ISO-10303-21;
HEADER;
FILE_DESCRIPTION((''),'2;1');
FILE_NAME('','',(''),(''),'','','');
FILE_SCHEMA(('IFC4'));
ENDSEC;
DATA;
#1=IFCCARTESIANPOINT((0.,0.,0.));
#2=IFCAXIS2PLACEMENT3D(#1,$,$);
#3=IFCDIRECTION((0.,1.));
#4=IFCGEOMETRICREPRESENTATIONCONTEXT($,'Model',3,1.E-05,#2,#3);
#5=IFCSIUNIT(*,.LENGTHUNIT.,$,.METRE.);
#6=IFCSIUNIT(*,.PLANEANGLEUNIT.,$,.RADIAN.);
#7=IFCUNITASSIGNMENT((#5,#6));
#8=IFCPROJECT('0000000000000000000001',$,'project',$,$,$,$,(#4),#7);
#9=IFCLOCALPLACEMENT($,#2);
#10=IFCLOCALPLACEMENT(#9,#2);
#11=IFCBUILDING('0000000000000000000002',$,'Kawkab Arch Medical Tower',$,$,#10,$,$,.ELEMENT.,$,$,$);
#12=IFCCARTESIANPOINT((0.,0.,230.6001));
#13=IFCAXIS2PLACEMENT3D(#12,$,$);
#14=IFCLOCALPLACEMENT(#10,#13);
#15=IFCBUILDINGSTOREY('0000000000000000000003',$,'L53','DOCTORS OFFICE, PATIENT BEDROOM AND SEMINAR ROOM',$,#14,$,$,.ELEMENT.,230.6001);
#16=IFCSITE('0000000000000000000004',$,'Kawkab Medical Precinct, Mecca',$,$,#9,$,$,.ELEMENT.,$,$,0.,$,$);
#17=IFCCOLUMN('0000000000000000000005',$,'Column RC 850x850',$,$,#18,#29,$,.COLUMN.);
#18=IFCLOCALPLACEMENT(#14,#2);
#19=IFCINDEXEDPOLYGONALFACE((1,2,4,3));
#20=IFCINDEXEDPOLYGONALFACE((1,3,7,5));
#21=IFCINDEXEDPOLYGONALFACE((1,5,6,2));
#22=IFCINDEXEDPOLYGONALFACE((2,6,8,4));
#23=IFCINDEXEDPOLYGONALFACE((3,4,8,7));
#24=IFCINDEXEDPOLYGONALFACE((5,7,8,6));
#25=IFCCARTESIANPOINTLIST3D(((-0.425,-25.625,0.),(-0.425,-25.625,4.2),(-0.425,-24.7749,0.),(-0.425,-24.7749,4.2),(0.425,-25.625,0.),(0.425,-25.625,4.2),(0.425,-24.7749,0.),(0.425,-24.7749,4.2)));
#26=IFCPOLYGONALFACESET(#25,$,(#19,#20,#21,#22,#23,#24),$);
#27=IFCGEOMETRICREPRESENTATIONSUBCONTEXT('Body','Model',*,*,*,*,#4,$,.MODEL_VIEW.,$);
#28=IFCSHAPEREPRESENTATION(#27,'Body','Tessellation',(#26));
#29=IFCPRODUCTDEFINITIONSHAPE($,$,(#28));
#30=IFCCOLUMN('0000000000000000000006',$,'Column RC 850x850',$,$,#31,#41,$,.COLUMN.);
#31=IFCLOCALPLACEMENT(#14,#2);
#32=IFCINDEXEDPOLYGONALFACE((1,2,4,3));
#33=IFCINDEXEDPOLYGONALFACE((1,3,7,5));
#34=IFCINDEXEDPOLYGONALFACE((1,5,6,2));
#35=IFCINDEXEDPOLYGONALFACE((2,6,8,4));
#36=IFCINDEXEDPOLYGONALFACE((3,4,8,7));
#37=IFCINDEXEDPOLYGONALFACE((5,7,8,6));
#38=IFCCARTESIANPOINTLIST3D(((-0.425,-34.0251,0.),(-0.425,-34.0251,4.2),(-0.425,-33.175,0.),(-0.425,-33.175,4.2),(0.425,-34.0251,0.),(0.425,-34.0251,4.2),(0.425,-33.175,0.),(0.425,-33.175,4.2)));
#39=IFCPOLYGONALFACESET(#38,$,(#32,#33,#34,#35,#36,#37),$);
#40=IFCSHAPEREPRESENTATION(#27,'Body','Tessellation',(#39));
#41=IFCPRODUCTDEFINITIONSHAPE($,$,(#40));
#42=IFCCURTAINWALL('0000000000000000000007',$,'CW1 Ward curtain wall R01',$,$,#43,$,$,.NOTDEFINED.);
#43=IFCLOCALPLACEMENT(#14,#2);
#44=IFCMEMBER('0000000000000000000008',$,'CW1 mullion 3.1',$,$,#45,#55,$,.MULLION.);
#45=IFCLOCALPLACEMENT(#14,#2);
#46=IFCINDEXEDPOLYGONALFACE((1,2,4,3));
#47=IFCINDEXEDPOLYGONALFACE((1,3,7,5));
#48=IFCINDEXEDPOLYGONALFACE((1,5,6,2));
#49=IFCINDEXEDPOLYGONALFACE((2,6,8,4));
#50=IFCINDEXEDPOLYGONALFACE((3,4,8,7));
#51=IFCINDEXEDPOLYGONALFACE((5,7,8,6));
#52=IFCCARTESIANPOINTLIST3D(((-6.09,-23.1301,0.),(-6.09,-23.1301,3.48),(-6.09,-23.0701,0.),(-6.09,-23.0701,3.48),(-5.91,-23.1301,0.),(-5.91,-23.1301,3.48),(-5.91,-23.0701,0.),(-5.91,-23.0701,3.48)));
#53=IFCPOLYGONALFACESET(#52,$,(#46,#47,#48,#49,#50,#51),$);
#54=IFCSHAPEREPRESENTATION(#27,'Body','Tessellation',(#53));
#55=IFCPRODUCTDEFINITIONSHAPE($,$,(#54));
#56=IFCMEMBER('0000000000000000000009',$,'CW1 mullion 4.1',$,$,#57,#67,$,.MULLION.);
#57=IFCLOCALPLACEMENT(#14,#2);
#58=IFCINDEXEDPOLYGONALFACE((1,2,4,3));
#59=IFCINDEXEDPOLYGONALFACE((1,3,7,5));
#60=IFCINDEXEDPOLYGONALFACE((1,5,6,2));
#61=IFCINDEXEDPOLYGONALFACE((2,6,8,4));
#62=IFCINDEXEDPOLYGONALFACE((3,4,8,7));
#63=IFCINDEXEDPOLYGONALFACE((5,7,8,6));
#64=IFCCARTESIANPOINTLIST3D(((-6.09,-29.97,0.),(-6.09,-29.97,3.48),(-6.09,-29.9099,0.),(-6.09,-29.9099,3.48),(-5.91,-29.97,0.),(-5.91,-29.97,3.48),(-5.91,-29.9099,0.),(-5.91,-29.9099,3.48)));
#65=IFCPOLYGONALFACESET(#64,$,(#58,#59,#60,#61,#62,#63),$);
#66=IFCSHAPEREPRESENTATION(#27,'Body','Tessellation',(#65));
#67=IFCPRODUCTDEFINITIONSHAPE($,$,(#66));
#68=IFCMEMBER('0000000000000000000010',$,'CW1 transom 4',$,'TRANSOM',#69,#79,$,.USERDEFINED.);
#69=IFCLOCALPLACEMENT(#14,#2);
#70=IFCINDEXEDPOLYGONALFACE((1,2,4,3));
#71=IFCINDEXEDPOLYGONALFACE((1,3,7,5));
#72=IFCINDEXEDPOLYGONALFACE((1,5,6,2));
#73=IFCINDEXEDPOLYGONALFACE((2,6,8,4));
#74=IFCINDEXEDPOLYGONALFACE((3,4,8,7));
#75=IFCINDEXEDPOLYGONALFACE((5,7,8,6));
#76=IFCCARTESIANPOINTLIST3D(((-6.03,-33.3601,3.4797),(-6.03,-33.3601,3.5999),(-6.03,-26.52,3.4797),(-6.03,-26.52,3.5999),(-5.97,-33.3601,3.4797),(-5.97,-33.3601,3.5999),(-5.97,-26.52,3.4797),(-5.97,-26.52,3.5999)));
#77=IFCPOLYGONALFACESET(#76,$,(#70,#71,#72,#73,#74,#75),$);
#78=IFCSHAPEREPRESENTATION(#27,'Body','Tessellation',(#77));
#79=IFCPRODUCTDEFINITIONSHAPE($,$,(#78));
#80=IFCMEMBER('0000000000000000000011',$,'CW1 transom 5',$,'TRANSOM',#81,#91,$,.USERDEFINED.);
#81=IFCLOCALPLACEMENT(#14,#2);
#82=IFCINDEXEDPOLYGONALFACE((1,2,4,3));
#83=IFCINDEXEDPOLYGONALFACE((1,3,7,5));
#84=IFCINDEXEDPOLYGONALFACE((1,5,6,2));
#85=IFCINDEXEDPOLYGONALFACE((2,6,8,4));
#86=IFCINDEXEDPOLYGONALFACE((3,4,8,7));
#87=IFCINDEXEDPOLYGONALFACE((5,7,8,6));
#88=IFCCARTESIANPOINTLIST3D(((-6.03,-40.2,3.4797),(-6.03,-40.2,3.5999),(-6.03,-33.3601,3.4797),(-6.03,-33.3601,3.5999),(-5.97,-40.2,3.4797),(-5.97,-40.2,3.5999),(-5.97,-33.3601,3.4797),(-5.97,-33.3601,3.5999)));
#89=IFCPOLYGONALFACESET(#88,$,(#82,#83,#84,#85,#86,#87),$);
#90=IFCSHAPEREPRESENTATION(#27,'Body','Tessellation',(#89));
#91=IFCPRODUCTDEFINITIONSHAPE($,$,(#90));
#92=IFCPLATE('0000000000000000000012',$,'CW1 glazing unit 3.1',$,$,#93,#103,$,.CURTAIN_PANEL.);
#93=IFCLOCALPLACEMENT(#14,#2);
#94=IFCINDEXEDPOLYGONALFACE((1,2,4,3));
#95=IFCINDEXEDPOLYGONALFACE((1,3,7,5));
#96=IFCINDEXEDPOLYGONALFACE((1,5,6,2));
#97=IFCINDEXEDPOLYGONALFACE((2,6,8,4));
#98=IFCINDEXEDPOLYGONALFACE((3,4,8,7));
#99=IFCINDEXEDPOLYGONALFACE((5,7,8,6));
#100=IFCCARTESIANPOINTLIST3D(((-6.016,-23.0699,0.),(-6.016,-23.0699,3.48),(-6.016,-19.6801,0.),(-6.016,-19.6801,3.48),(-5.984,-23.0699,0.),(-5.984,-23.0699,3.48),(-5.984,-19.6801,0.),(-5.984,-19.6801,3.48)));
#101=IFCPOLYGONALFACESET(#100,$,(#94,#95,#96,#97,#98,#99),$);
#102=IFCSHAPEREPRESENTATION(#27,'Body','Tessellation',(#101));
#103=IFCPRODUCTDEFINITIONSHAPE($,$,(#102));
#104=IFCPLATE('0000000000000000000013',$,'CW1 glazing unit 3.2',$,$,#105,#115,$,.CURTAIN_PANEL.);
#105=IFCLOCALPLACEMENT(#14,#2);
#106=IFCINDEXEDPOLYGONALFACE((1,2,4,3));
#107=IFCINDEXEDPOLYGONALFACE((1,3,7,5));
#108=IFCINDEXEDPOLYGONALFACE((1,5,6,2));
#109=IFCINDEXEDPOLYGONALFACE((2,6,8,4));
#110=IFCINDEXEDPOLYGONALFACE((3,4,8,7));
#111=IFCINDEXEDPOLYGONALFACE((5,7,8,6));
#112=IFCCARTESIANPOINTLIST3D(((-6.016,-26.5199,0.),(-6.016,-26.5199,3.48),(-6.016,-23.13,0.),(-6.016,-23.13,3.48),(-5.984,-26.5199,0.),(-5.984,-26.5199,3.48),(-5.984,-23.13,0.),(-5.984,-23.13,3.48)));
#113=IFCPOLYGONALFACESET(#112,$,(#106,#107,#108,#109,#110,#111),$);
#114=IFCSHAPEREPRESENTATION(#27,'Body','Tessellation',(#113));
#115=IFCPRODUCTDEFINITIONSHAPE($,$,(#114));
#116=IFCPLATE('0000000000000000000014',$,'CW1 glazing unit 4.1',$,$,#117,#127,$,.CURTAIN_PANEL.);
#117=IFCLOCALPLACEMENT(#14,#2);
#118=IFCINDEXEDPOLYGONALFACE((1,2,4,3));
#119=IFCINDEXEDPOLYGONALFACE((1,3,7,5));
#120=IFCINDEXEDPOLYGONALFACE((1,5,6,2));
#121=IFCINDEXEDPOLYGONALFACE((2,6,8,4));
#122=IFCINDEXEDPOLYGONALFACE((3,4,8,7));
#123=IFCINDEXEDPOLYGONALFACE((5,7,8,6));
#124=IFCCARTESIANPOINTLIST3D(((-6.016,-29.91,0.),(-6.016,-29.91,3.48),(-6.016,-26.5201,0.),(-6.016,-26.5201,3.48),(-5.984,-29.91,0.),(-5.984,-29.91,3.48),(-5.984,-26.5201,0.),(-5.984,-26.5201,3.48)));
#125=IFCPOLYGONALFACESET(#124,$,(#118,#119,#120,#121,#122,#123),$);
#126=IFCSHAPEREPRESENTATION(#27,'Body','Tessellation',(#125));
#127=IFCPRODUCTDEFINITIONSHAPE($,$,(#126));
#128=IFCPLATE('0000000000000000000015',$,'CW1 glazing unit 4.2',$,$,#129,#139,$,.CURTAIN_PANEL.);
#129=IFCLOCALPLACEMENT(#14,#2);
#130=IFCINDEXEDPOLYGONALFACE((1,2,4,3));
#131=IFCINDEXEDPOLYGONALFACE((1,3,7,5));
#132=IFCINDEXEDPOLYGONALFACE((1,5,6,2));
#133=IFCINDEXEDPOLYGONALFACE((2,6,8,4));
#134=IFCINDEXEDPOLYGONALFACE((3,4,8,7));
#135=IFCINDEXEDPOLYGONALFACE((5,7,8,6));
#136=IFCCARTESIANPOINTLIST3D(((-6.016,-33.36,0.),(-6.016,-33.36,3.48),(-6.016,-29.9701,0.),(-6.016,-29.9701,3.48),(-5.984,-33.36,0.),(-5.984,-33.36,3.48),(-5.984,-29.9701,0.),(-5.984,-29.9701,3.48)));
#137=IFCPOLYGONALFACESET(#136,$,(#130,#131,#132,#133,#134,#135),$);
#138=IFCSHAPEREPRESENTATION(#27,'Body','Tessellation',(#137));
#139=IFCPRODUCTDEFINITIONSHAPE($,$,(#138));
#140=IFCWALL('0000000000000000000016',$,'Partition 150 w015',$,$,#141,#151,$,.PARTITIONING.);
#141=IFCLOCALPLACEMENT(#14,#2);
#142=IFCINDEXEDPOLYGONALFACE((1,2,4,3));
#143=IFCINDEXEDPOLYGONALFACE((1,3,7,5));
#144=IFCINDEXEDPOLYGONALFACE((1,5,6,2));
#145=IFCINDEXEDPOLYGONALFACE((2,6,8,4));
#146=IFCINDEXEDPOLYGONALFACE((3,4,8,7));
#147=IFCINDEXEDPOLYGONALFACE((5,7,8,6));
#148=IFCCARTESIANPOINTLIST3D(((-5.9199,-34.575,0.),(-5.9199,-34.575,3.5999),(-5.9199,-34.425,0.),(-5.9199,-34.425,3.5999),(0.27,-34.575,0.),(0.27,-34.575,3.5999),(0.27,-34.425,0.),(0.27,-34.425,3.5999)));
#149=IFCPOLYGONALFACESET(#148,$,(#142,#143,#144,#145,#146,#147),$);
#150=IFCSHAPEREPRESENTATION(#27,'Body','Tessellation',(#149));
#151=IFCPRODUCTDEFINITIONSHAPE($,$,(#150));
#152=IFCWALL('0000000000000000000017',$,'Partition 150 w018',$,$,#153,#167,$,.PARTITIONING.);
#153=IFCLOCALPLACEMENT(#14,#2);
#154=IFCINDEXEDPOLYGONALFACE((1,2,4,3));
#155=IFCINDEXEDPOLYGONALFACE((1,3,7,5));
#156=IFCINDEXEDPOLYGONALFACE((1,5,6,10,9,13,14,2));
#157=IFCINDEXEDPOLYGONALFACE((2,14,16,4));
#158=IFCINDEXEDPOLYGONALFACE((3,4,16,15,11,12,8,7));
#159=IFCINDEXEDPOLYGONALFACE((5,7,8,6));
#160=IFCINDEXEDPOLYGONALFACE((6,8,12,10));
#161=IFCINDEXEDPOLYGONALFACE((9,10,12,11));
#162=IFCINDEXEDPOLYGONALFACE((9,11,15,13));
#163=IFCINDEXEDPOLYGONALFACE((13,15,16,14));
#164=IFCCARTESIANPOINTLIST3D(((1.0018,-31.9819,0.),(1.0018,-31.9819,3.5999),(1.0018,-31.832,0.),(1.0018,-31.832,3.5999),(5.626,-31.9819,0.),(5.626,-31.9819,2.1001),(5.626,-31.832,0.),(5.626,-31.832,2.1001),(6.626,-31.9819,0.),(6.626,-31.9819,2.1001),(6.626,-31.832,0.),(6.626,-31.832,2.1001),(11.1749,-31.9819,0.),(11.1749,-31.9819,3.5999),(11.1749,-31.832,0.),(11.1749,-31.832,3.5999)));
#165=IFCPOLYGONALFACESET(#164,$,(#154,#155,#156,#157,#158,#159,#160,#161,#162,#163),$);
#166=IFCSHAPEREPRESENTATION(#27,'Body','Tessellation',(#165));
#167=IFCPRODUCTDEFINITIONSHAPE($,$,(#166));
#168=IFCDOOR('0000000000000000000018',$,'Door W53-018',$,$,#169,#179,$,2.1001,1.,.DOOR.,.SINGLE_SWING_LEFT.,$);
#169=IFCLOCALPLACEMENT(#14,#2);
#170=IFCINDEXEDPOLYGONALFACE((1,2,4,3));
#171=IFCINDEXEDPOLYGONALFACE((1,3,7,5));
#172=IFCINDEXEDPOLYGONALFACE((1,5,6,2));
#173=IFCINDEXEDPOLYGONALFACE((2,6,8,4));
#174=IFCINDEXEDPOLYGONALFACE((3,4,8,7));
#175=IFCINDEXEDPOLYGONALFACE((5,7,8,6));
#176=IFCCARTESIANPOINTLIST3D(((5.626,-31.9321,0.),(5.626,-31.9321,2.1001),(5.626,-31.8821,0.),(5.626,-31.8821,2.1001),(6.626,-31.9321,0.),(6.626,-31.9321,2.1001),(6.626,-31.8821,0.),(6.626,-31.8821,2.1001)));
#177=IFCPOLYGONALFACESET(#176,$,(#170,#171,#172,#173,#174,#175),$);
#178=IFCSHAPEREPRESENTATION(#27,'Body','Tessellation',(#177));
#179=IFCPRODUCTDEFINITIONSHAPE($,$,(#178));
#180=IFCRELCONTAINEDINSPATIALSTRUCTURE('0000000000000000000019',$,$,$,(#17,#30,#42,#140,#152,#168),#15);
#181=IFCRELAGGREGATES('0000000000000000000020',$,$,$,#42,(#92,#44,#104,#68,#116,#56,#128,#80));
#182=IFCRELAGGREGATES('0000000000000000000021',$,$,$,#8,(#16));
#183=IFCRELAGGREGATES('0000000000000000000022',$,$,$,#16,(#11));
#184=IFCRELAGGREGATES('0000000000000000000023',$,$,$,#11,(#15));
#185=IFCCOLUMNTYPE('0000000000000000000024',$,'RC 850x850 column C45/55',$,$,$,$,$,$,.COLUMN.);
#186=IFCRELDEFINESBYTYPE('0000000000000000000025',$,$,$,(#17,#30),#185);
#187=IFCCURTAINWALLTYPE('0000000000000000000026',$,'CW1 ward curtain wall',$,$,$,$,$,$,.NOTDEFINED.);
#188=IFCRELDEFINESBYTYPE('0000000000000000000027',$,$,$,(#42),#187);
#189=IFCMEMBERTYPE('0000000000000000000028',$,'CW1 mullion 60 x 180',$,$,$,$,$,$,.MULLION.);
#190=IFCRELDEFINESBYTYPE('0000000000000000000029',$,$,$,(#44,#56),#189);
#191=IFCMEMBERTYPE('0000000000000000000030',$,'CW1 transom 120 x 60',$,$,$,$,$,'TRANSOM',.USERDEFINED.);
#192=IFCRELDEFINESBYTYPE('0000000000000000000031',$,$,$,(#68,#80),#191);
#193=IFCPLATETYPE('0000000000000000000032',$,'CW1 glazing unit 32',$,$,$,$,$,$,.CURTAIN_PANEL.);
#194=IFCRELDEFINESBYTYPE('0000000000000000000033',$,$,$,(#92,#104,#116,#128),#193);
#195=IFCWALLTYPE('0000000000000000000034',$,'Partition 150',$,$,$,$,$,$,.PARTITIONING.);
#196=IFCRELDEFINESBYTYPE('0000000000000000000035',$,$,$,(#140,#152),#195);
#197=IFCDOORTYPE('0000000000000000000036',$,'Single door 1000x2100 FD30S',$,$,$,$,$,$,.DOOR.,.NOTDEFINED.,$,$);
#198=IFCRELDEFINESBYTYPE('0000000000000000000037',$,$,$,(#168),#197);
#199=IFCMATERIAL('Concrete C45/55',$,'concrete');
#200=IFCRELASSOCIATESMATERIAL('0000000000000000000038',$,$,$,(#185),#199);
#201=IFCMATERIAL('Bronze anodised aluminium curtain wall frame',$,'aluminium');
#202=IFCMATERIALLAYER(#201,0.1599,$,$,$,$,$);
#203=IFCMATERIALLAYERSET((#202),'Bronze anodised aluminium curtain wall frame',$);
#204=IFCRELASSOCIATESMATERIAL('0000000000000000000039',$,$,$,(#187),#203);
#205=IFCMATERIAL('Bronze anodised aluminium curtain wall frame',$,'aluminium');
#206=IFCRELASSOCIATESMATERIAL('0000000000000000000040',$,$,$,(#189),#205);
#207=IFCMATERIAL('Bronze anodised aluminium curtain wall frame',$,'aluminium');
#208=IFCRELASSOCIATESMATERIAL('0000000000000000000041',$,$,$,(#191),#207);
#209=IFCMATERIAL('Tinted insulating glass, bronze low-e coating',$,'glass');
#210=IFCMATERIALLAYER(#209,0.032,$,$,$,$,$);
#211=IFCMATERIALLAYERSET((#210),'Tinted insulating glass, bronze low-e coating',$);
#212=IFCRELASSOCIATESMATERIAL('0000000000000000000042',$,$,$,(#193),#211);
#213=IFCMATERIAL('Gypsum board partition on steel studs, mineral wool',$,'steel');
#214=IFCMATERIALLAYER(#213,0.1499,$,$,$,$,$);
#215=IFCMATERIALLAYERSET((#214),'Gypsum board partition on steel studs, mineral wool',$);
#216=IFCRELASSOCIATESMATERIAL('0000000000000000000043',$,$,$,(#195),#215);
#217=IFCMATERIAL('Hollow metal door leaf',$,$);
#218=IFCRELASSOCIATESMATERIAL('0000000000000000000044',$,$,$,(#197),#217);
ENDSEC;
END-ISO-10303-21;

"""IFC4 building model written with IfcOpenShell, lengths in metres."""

from ifc_helpers import new_model, si_unit, direction, frame, frame_2d, origin, origin_2d, place, context, subcontext, project, spatial, rectangle, extrude, material, layer, layer_set, material_profile, profile_set, type_object, element, fill, aggregate, save


model = new_model("IFC4")

# Units and contexts
model_context = context("Model", 3, precision=1e-05, world=origin(), true_north=direction((0.0, 1.0)))
body_context = subcontext(model_context, "Body", "Model", "MODEL_VIEW")
ifc_project = project(units=[si_unit("LENGTHUNIT", "METRE"), si_unit("PLANEANGLEUNIT", "RADIAN")], contexts=[model_context])

# Site, building, storey
site_placement = place(None, origin())
site = spatial("IfcSite", under=ifc_project, at=site_placement, Name="Kawkab Medical Precinct, Mecca", CompositionType="ELEMENT", RefElevation=0.0)
building_placement = place(site_placement, origin())
building = spatial("IfcBuilding", under=site, at=building_placement, Name="Kawkab Arch Medical Tower", CompositionType="ELEMENT")
storey_placement = place(building_placement, frame((0.0, 0.0, 230.6001)))
storey = spatial("IfcBuildingStorey", under=building, at=storey_placement, Name="L53", Description="DOCTORS OFFICE, PATIENT BEDROOM AND SEMINAR ROOM", CompositionType="ELEMENT", Elevation=230.6001)

# Columns
ifc_material_1 = material(Name="Concrete C45/55", Category="concrete")
ifc_material_profile_1 = material_profile(ifc_material_1, rectangle(XDim=0.8501, YDim=0.8501, at=origin_2d()), Name="RC 850x850")
ifc_profile_set_1 = profile_set([ifc_material_profile_1], Name="Concrete C45/55")
column_type = type_object("IfcColumnType", Name="RC 850x850 column C45/55", PredefinedType="COLUMN", material=ifc_profile_set_1)
for number, where, z_axis, x_axis, name in (
    (1, (0.0, -25.2, 0.0), (0.0, 0.0, 1.0), (1.0, 0.0, 0.0), "Column RC 850x850"),
    (2, (0.0, -33.6001, 0.0), (0.0, 0.0, 1.0), (1.0, 0.0, 0.0), "Column RC 850x850"),
):
    element("IfcColumn", number, at=place(storey_placement, frame(where, z_axis=z_axis, x_axis=x_axis)), inside=storey, type_object=column_type, Name=name, PredefinedType="COLUMN", context=body_context, shape_type="SweptSolid", body=[
        extrude(rectangle(XDim=0.8501, YDim=0.8501, at=origin_2d()), origin(), (0.0, 0.0, 1.0), 4.2),
    ])

# Curtain wall, members, plates
ifc_material_2 = material(Name="Bronze anodised aluminium curtain wall frame", Category="aluminium")
ifc_layer_1 = layer(ifc_material_2, 0.1599)
ifc_layer_set_1 = layer_set([ifc_layer_1], Name="Bronze anodised aluminium curtain wall frame")
curtain_wall_type = type_object("IfcCurtainWallType", Name="CW1 ward curtain wall", PredefinedType="NOTDEFINED", material=ifc_layer_set_1)
curtain_wall_placement = place(storey_placement, origin())
curtain_wall = element("IfcCurtainWall", 3, at=curtain_wall_placement, inside=storey, type_object=curtain_wall_type, Name="CW1 Ward curtain wall R01", PredefinedType="NOTDEFINED")
ifc_material_3 = material(Name="Bronze anodised aluminium curtain wall frame", Category="aluminium")
ifc_material_profile_2 = material_profile(ifc_material_3, rectangle(XDim=0.1799, YDim=0.0601, at=origin_2d()), Name="AL 60x180")
ifc_profile_set_2 = profile_set([ifc_material_profile_2], Name="Bronze anodised aluminium curtain wall frame")
member_type_1 = type_object("IfcMemberType", Name="CW1 mullion 60 x 180", PredefinedType="MULLION", material=ifc_profile_set_2)
member_1_placement = place(storey_placement, frame((-6.0, -23.1001, 0.0), z_axis=(0.0, 0.0, 1.0), x_axis=(1.0, 0.0, 0.0)))
member_1 = element("IfcMember", 4, at=member_1_placement, type_object=member_type_1, Name="CW1 mullion 3.1", PredefinedType="MULLION", context=body_context, shape_type="SweptSolid", body=[
    extrude(rectangle(XDim=0.1799, YDim=0.0601, at=origin_2d()), origin(), (0.0, 0.0, 1.0), 3.48),
])
member_2_placement = place(storey_placement, frame((-6.0, -29.9399, 0.0), z_axis=(0.0, 0.0, 1.0), x_axis=(1.0, 0.0, 0.0)))
member_2 = element("IfcMember", 5, at=member_2_placement, type_object=member_type_1, Name="CW1 mullion 4.1", PredefinedType="MULLION", context=body_context, shape_type="SweptSolid", body=[
    extrude(rectangle(XDim=0.1799, YDim=0.0601, at=origin_2d()), origin(), (0.0, 0.0, 1.0), 3.48),
])
ifc_material_4 = material(Name="Bronze anodised aluminium curtain wall frame", Category="aluminium")
ifc_material_profile_3 = material_profile(ifc_material_4, rectangle(XDim=0.0601, YDim=0.1201, at=origin_2d()), Name="AL 60x120")
ifc_profile_set_3 = profile_set([ifc_material_profile_3], Name="Bronze anodised aluminium curtain wall frame")
member_type_2 = type_object("IfcMemberType", Name="CW1 transom 120 x 60", ElementType="TRANSOM", PredefinedType="USERDEFINED", material=ifc_profile_set_3)
member_3_placement = place(storey_placement, frame((-6.0, -26.52, 3.5398), z_axis=(0.0, -1.0, 0.0), x_axis=(1.0, 0.0, 0.0)))
member_3 = element("IfcMember", 6, at=member_3_placement, type_object=member_type_2, Name="CW1 transom 4", ObjectType="TRANSOM", PredefinedType="USERDEFINED", context=body_context, shape_type="SweptSolid", body=[
    extrude(rectangle(XDim=0.0601, YDim=0.1201, at=origin_2d()), origin(), (0.0, 0.0, 1.0), 6.8401),
])
member_4_placement = place(storey_placement, frame((-6.0, -33.3601, 3.5398), z_axis=(0.0, -1.0, 0.0), x_axis=(1.0, 0.0, 0.0)))
member_4 = element("IfcMember", 7, at=member_4_placement, type_object=member_type_2, Name="CW1 transom 5", ObjectType="TRANSOM", PredefinedType="USERDEFINED", context=body_context, shape_type="SweptSolid", body=[
    extrude(rectangle(XDim=0.0601, YDim=0.1201, at=origin_2d()), origin(), (0.0, 0.0, 1.0), 6.8398),
])
ifc_material_5 = material(Name="Tinted insulating glass, bronze low-e coating", Category="glass")
ifc_layer_2 = layer(ifc_material_5, 0.032)
ifc_layer_set_2 = layer_set([ifc_layer_2], Name="Tinted insulating glass, bronze low-e coating")
plate_type = type_object("IfcPlateType", Name="CW1 glazing unit 32", PredefinedType="CURTAIN_PANEL", material=ifc_layer_set_2)
plate_1_placement = place(storey_placement, frame((-6.0, -21.375, 0.0), z_axis=(0.0, 0.0, 1.0), x_axis=(0.0, -1.0, 0.0)))
plate_1 = element("IfcPlate", 8, at=plate_1_placement, type_object=plate_type, Name="CW1 glazing unit 3.1", PredefinedType="CURTAIN_PANEL", context=body_context, shape_type="SweptSolid", body=[
    extrude(rectangle(XDim=3.3899, YDim=0.032, at=origin_2d()), origin(), (0.0, 0.0, 1.0), 3.48),
])
plate_2_placement = place(storey_placement, frame((-6.0, -24.825, 0.0), z_axis=(0.0, 0.0, 1.0), x_axis=(0.0, -1.0, 0.0)))
plate_2 = element("IfcPlate", 9, at=plate_2_placement, type_object=plate_type, Name="CW1 glazing unit 3.2", PredefinedType="CURTAIN_PANEL", context=body_context, shape_type="SweptSolid", body=[
    extrude(rectangle(XDim=3.3899, YDim=0.032, at=origin_2d()), origin(), (0.0, 0.0, 1.0), 3.48),
])
plate_3_placement = place(storey_placement, frame((-6.0, -28.2151, 0.0), z_axis=(0.0, 0.0, 1.0), x_axis=(0.0, -1.0, 0.0)))
plate_3 = element("IfcPlate", 10, at=plate_3_placement, type_object=plate_type, Name="CW1 glazing unit 4.1", PredefinedType="CURTAIN_PANEL", context=body_context, shape_type="SweptSolid", body=[
    extrude(rectangle(XDim=3.3899, YDim=0.032, at=origin_2d()), origin(), (0.0, 0.0, 1.0), 3.48),
])
plate_4_placement = place(storey_placement, frame((-6.0, -31.665, 0.0), z_axis=(0.0, 0.0, 1.0), x_axis=(0.0, -1.0, 0.0)))
plate_4 = element("IfcPlate", 11, at=plate_4_placement, type_object=plate_type, Name="CW1 glazing unit 4.2", PredefinedType="CURTAIN_PANEL", context=body_context, shape_type="SweptSolid", body=[
    extrude(rectangle(XDim=3.3899, YDim=0.032, at=origin_2d()), origin(), (0.0, 0.0, 1.0), 3.48),
])
aggregate(curtain_wall, [plate_1, member_1, plate_2, member_3, plate_3, member_2, plate_4, member_4])

# Wall
ifc_material_6 = material(Name="Gypsum board partition on steel studs, mineral wool", Category="steel")
ifc_layer_3 = layer(ifc_material_6, 0.1499)
ifc_layer_set_3 = layer_set([ifc_layer_3], Name="Gypsum board partition on steel studs, mineral wool")
wall_type_1 = type_object("IfcWallType", Name="Partition 150", PredefinedType="PARTITIONING", material=ifc_layer_set_3)
wall_1_placement = place(storey_placement, frame((-5.9199, -34.5, 0.0), z_axis=(0.0, 0.0, 1.0), x_axis=(1.0, 0.0, 0.0)))
element("IfcWall", 12, at=wall_1_placement, inside=storey, type_object=wall_type_1, Name="Partition 150 w015", PredefinedType="PARTITIONING", context=body_context, shape_type="SweptSolid", body=[
    extrude(rectangle(XDim=6.1899, YDim=0.1499, at=frame_2d((3.095, 0.0))), origin(), (0.0, 0.0, 1.0), 3.5999),
])

# Wall, opening, door
wall_2_placement = place(storey_placement, frame((1.002, -31.907, 0.0), z_axis=(0.0, 0.0, 1.0), x_axis=(1.0, 0.0, 0.0)))
wall_2 = element("IfcWall", 13, at=wall_2_placement, inside=storey, type_object=wall_type_1, Name="Partition 150 w018", PredefinedType="PARTITIONING", context=body_context, shape_type="SweptSolid", body=[
    extrude(rectangle(XDim=10.1731, YDim=0.1499, at=frame_2d((5.0864, 0.0))), origin(), (0.0, 0.0, 1.0), 3.5999),
])
opening_1_placement = place(wall_2_placement, frame((4.624, 0.0, 0.0)))
opening_1 = element("IfcOpeningElement", 14, at=opening_1_placement, cuts=wall_2, PredefinedType="OPENING", context=body_context, shape_type="SweptSolid", body=[
    extrude(rectangle(XDim=1.0, YDim=2.1001, at=frame_2d((0.5, 1.05))), frame((0.0, 0.085, 0.0), z_axis=(0.0, -1.0, 0.0), x_axis=(1.0, 0.0, 0.0)), (0.0, 0.0, 1.0), 0.1699),
])
ifc_material_7 = material(Name="Hollow metal door leaf")
door_type_1 = type_object("IfcDoorType", Name="Single door 1000x2100 FD30S", OperationType="NOTDEFINED", PredefinedType="DOOR", material=ifc_material_7)
door_1_placement = place(opening_1_placement, origin())
door_1 = element("IfcDoor", 15, at=door_1_placement, inside=storey, type_object=door_type_1, Name="Door W53-018", OperationType="SINGLE_SWING_LEFT", OverallHeight=2.1001, OverallWidth=1.0, PredefinedType="DOOR", context=body_context, shape_type="SweptSolid", body=[
    extrude(rectangle(XDim=1.0, YDim=2.1001, at=frame_2d((0.5, 1.05))), frame((0.0, 0.0249, 0.0), z_axis=(0.0, -1.0, 0.0), x_axis=(1.0, 0.0, 0.0)), (0.0, 0.0, 1.0), 0.05),
])
fill(opening_1, door_1)

save(model, "model.ifc")
